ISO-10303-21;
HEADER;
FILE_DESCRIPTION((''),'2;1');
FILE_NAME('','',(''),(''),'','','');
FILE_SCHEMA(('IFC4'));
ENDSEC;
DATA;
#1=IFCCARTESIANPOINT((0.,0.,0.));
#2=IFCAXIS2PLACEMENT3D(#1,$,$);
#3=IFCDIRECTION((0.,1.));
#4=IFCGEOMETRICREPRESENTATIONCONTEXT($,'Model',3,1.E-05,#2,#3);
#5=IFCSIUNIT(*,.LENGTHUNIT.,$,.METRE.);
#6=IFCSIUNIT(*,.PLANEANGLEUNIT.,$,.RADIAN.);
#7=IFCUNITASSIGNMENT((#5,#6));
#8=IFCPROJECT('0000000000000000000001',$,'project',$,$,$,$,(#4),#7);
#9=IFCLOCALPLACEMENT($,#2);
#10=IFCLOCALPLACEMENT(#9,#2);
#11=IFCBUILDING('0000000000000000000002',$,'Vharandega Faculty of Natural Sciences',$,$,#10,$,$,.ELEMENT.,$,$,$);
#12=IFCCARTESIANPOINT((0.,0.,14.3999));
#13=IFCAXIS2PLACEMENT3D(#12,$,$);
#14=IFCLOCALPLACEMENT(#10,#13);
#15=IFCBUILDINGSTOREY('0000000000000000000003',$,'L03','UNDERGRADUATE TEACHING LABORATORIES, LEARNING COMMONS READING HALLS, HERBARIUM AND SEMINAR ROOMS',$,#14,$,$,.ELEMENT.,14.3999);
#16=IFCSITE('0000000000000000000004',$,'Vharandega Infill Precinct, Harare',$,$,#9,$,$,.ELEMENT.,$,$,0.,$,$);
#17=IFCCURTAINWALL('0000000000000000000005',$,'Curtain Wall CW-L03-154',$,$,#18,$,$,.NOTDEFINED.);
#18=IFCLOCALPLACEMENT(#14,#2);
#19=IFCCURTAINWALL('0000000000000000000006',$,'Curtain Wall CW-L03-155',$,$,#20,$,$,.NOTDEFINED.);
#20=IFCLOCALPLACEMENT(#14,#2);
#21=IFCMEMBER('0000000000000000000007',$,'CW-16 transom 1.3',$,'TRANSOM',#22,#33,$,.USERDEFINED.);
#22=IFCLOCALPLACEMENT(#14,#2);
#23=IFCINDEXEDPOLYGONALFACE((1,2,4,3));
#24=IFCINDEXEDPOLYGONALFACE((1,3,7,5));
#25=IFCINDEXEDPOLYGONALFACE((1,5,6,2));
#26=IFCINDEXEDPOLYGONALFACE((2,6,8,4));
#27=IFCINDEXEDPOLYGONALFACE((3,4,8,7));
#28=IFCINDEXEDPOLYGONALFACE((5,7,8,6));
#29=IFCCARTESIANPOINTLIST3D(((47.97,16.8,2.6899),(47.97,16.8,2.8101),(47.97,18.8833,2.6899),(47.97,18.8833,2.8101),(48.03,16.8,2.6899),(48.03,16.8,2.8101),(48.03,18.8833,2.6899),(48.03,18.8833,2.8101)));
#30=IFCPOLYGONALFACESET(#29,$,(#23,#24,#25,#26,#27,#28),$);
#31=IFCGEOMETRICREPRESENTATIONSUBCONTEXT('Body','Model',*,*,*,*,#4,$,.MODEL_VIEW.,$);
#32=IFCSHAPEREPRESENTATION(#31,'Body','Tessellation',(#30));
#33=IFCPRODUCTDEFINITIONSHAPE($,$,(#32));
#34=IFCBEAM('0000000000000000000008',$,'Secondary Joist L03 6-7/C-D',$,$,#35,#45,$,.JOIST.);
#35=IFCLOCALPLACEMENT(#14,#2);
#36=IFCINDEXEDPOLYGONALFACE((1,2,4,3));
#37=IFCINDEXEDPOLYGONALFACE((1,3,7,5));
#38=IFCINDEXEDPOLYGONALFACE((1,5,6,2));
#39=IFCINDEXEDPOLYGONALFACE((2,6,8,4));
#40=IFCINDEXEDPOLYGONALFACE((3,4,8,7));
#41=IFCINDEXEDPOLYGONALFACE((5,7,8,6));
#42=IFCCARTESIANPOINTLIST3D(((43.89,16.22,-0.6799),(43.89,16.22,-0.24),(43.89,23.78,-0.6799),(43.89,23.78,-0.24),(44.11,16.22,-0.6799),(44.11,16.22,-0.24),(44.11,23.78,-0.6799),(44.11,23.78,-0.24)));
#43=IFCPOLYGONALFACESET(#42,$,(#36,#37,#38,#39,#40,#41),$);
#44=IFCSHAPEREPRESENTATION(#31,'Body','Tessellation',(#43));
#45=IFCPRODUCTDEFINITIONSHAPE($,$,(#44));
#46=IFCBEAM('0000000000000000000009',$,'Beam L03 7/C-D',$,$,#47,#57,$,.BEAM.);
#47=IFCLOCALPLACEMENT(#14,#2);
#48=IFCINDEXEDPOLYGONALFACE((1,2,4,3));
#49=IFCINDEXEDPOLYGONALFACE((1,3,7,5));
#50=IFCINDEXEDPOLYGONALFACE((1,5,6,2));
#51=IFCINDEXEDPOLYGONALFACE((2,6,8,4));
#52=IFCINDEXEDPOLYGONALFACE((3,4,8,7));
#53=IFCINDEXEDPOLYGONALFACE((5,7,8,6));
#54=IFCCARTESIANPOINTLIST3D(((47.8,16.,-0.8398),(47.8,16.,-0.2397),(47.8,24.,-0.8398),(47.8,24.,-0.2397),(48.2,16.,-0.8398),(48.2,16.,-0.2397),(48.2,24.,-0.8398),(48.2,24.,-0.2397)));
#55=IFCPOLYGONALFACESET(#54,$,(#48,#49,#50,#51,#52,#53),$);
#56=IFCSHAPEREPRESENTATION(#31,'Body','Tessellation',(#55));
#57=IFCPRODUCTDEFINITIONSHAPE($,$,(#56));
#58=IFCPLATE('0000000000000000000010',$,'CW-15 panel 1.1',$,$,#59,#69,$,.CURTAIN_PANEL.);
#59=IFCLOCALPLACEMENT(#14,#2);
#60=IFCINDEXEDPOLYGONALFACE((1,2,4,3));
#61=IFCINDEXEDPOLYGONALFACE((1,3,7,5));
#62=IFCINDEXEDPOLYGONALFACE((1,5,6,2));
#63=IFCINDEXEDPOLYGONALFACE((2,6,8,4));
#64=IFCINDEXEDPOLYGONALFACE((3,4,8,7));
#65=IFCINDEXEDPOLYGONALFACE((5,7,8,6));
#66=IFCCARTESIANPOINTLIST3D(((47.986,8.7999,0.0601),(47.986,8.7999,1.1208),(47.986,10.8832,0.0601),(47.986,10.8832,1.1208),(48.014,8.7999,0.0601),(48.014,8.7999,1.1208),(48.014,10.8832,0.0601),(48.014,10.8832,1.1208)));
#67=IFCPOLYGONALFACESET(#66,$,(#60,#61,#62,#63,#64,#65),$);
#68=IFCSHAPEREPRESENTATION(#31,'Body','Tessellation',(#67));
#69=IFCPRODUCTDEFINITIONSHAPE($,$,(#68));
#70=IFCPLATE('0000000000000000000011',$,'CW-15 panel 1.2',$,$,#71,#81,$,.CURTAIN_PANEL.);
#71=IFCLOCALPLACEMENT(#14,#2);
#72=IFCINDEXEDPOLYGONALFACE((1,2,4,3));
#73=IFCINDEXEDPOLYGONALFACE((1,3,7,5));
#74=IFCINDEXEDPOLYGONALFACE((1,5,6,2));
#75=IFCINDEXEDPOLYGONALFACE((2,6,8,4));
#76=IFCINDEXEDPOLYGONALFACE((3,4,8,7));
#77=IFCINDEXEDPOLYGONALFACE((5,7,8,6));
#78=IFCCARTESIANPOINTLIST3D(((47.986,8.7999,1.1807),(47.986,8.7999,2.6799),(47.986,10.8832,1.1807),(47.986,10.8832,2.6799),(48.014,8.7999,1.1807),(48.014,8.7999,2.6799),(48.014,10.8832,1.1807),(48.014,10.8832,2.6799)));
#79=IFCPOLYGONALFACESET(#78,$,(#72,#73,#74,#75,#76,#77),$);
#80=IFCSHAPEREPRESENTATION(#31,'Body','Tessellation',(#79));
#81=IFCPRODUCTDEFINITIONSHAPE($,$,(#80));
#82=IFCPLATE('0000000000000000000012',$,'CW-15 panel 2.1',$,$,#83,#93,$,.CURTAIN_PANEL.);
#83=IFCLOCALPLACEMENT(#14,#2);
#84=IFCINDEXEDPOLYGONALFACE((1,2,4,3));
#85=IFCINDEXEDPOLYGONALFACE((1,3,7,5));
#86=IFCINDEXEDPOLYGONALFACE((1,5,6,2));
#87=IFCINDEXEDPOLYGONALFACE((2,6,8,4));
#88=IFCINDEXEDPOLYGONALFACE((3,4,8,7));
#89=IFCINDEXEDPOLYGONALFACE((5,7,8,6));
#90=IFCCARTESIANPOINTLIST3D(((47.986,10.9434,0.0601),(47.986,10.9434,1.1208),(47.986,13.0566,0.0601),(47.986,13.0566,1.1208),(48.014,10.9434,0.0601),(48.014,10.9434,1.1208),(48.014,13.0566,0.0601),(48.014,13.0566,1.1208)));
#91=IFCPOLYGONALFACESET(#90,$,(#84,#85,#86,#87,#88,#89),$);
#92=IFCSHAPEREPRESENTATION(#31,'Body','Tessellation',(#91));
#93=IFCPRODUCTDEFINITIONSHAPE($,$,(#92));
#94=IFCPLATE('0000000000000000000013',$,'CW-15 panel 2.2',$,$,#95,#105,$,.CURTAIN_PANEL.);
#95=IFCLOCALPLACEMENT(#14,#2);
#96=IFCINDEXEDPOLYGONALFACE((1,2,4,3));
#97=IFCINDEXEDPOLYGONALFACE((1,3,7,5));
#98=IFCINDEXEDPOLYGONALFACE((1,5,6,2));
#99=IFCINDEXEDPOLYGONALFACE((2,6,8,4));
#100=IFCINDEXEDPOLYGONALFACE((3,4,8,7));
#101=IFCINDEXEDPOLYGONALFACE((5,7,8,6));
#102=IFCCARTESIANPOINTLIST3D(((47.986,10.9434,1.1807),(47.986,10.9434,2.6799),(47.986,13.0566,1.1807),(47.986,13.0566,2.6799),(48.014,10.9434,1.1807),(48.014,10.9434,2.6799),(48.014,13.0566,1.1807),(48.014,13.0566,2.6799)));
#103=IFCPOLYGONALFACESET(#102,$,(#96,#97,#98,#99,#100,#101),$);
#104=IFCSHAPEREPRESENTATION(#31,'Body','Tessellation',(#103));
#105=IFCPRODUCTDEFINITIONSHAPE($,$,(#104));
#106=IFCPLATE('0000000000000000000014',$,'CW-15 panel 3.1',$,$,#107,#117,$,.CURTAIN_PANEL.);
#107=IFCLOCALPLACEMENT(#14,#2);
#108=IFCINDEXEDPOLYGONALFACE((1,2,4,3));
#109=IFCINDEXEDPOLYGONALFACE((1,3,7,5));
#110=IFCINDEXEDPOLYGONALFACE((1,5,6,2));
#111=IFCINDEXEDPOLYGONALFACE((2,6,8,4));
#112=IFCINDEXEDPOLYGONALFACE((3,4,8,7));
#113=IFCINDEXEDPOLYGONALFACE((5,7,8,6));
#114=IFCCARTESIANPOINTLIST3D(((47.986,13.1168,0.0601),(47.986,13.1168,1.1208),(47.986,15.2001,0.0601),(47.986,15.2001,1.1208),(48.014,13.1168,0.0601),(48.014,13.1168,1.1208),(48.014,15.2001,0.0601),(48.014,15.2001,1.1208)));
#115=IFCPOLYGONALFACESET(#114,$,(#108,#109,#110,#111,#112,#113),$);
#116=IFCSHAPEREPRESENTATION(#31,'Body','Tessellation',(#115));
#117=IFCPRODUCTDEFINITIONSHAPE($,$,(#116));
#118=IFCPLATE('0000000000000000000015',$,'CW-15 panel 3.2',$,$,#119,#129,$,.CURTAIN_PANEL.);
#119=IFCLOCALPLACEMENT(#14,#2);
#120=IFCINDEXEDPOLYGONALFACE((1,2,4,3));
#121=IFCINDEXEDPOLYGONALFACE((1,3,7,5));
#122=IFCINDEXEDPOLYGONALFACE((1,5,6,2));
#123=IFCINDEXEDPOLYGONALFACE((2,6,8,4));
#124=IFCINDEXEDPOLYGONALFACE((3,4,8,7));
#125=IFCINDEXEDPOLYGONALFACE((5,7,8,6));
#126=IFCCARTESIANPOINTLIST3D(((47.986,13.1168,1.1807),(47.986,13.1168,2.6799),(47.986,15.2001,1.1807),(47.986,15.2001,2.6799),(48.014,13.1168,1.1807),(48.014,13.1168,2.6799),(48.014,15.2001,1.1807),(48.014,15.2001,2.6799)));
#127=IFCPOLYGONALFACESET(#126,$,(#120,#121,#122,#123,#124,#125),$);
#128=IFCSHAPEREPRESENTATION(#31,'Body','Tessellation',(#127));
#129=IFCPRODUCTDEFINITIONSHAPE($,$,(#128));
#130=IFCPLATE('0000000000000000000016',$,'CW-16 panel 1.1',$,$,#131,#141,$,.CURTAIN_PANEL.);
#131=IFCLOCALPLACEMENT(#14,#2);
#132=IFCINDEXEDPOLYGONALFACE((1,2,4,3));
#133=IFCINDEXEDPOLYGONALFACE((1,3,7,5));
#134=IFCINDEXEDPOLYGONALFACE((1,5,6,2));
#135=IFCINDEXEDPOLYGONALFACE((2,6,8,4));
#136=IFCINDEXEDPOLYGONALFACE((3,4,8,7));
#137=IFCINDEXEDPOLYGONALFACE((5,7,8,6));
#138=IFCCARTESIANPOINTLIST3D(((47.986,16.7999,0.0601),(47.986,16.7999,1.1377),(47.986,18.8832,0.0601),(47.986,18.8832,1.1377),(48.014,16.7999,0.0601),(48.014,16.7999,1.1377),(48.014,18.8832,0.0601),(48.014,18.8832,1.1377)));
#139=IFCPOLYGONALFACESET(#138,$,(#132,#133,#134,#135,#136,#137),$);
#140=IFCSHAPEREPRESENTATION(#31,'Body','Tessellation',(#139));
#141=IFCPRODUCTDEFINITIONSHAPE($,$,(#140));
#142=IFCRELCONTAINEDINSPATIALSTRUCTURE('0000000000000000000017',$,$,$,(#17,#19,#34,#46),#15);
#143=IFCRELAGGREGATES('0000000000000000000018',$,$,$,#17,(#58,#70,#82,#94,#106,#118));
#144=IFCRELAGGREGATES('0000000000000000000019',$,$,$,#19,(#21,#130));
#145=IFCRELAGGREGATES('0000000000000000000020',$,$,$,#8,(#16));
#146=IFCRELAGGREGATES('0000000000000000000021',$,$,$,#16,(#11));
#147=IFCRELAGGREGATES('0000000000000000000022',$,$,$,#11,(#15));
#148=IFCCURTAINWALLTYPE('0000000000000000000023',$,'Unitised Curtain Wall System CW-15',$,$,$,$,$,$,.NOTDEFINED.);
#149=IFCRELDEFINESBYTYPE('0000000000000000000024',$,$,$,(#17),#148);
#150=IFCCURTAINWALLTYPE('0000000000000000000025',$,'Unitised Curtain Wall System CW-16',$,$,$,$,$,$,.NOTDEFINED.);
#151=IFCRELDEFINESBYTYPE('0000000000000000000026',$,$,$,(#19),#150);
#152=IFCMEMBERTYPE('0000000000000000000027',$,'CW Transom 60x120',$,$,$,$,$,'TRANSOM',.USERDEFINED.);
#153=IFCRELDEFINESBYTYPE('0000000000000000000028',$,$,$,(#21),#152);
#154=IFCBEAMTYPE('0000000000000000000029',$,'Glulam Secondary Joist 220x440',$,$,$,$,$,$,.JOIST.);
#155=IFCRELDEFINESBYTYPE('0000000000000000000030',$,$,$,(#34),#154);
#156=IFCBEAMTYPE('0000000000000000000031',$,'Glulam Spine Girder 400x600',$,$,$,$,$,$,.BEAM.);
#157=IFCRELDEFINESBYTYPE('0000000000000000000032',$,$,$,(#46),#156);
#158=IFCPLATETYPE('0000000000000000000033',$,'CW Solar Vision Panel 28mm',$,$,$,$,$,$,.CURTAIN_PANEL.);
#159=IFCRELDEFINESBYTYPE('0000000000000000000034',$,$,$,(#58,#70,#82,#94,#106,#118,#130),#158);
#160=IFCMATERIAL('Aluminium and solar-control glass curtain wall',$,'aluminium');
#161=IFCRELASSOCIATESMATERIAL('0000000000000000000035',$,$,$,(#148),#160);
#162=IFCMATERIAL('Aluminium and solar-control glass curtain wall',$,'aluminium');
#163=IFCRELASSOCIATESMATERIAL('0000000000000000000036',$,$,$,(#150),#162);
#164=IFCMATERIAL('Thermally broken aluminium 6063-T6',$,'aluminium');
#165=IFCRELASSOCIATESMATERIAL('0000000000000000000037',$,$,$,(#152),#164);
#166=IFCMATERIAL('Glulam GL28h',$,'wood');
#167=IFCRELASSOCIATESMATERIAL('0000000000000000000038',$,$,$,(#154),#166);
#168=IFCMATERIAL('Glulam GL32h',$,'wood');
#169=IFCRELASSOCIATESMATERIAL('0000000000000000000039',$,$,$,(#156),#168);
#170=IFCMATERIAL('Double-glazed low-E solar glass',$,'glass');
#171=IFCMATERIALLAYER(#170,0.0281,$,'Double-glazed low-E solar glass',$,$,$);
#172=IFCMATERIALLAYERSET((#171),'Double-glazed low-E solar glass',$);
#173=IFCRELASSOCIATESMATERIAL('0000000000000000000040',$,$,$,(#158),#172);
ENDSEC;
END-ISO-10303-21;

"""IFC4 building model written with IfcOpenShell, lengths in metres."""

from ifc_helpers import new_model, si_unit, direction, frame, origin, origin_2d, place, context, subcontext, project, spatial, rectangle, extrude, material, layer, layer_set, material_profile, profile_set, type_object, element, aggregate, save


model = new_model("IFC4")

# Units and contexts
model_context = context("Model", 3, precision=1e-05, world=origin(), true_north=direction((0.0, 1.0)))
body_context = subcontext(model_context, "Body", "Model", "MODEL_VIEW")
ifc_project = project(units=[si_unit("LENGTHUNIT", "METRE"), si_unit("PLANEANGLEUNIT", "RADIAN")], contexts=[model_context])

# Site, building, storey
site_placement = place(None, origin())
site = spatial("IfcSite", under=ifc_project, at=site_placement, Name="Vharandega Infill Precinct, Harare", CompositionType="ELEMENT", RefElevation=0.0)
building_placement = place(site_placement, origin())
building = spatial("IfcBuilding", under=site, at=building_placement, Name="Vharandega Faculty of Natural Sciences", CompositionType="ELEMENT")
storey_placement = place(building_placement, frame((0.0, 0.0, 14.3999)))
storey = spatial("IfcBuildingStorey", under=building, at=storey_placement, Name="L03", Description="UNDERGRADUATE TEACHING LABORATORIES, LEARNING COMMONS READING HALLS, HERBARIUM AND SEMINAR ROOMS", CompositionType="ELEMENT", Elevation=14.3999)

# Curtain wall
ifc_material_1 = material(Name="Aluminium and solar-control glass curtain wall", Category="aluminium")
curtain_wall_type_1 = type_object("IfcCurtainWallType", Name="Unitised Curtain Wall System CW-15", PredefinedType="NOTDEFINED", material=ifc_material_1)
curtain_wall_1_placement = place(storey_placement, origin())
curtain_wall_1 = element("IfcCurtainWall", 1, at=curtain_wall_1_placement, inside=storey, type_object=curtain_wall_type_1, Name="Curtain Wall CW-L03-154", PredefinedType="NOTDEFINED")

# Curtain wall
ifc_material_2 = material(Name="Aluminium and solar-control glass curtain wall", Category="aluminium")
curtain_wall_type_2 = type_object("IfcCurtainWallType", Name="Unitised Curtain Wall System CW-16", PredefinedType="NOTDEFINED", material=ifc_material_2)
curtain_wall_2_placement = place(storey_placement, origin())
curtain_wall_2 = element("IfcCurtainWall", 2, at=curtain_wall_2_placement, inside=storey, type_object=curtain_wall_type_2, Name="Curtain Wall CW-L03-155", PredefinedType="NOTDEFINED")

# Member
ifc_material_3 = material(Name="Thermally broken aluminium 6063-T6", Category="aluminium")
ifc_material_profile_1 = material_profile(ifc_material_3, rectangle(XDim=0.0601, YDim=0.1201, at=origin_2d()), Name="ALU 60x120")
ifc_profile_set_1 = profile_set([ifc_material_profile_1], Name="Thermally broken aluminium 6063-T6")
member_type_1 = type_object("IfcMemberType", Name="CW Transom 60x120", ElementType="TRANSOM", PredefinedType="USERDEFINED", material=ifc_profile_set_1)
member_1_placement = place(storey_placement, frame((48.0, 16.8, 2.75), z_axis=(0.0, 1.0, 0.0), x_axis=(-1.0, 0.0, 0.0)))
member_1 = element("IfcMember", 3, at=member_1_placement, type_object=member_type_1, Name="CW-16 transom 1.3", ObjectType="TRANSOM", PredefinedType="USERDEFINED", context=body_context, shape_type="SweptSolid", body=[
    extrude(rectangle(XDim=0.0601, YDim=0.1201, at=origin_2d()), origin(), (0.0, 0.0, 1.0), 2.0833),
])

# Beams
ifc_material_4 = material(Name="Glulam GL28h", Category="wood")
ifc_material_profile_2 = material_profile(ifc_material_4, rectangle(XDim=0.22, YDim=0.4399, at=origin_2d()), Name="GL28h 220x440")
ifc_profile_set_2 = profile_set([ifc_material_profile_2], Name="Glulam GL28h")
beam_type_1 = type_object("IfcBeamType", Name="Glulam Secondary Joist 220x440", PredefinedType="JOIST", material=ifc_profile_set_2)
beam_1_placement = place(storey_placement, frame((44.0, 16.22, -0.46), z_axis=(0.0, 1.0, 0.0), x_axis=(-1.0, 0.0, 0.0)))
element("IfcBeam", 4, at=beam_1_placement, inside=storey, type_object=beam_type_1, Name="Secondary Joist L03 6-7/C-D", PredefinedType="JOIST", context=body_context, shape_type="SweptSolid", body=[
    extrude(rectangle(XDim=0.22, YDim=0.4399, at=origin_2d()), origin(), (0.0, 0.0, 1.0), 7.5601),
])
ifc_material_5 = material(Name="Glulam GL32h", Category="wood")
ifc_material_profile_3 = material_profile(ifc_material_5, rectangle(XDim=0.3999, YDim=0.6001, at=origin_2d()), Name="GL32h 400x600")
ifc_profile_set_3 = profile_set([ifc_material_profile_3], Name="Glulam GL32h")
beam_type_2 = type_object("IfcBeamType", Name="Glulam Spine Girder 400x600", PredefinedType="BEAM", material=ifc_profile_set_3)
beam_2_placement = place(storey_placement, frame((48.0, 16.0, -0.5398), z_axis=(0.0, 1.0, 0.0), x_axis=(-1.0, 0.0, 0.0)))
element("IfcBeam", 5, at=beam_2_placement, inside=storey, type_object=beam_type_2, Name="Beam L03 7/C-D", PredefinedType="BEAM", context=body_context, shape_type="SweptSolid", body=[
    extrude(rectangle(XDim=0.3999, YDim=0.6001, at=origin_2d()), origin(), (0.0, 0.0, 1.0), 8.0),
])

# Plates
ifc_material_6 = material(Name="Double-glazed low-E solar glass", Category="glass")
ifc_layer = layer(ifc_material_6, 0.0281, Name="Double-glazed low-E solar glass")
ifc_layer_set = layer_set([ifc_layer], Name="Double-glazed low-E solar glass")
plate_type = type_object("IfcPlateType", Name="CW Solar Vision Panel 28mm", PredefinedType="CURTAIN_PANEL", material=ifc_layer_set)
plate_1_placement = place(storey_placement, frame((48.0, 9.8416, 0.0601), z_axis=(0.0, 0.0, 1.0), x_axis=(0.0, 1.0, 0.0)))
plate_1 = element("IfcPlate", 6, at=plate_1_placement, type_object=plate_type, Name="CW-15 panel 1.1", PredefinedType="CURTAIN_PANEL", context=body_context, shape_type="SweptSolid", body=[
    extrude(rectangle(XDim=2.0833, YDim=0.0281, at=origin_2d()), origin(), (0.0, 0.0, 1.0), 1.0608),
])
plate_2_placement = place(storey_placement, frame((48.0, 9.8416, 1.1807), z_axis=(0.0, 0.0, 1.0), x_axis=(0.0, 1.0, 0.0)))
plate_2 = element("IfcPlate", 7, at=plate_2_placement, type_object=plate_type, Name="CW-15 panel 1.2", PredefinedType="CURTAIN_PANEL", context=body_context, shape_type="SweptSolid", body=[
    extrude(rectangle(XDim=2.0833, YDim=0.0281, at=origin_2d()), origin(), (0.0, 0.0, 1.0), 1.4993),
])
plate_3_placement = place(storey_placement, frame((48.0, 12.0, 0.0601), z_axis=(0.0, 0.0, 1.0), x_axis=(0.0, 1.0, 0.0)))
plate_3 = element("IfcPlate", 8, at=plate_3_placement, type_object=plate_type, Name="CW-15 panel 2.1", PredefinedType="CURTAIN_PANEL", context=body_context, shape_type="SweptSolid", body=[
    extrude(rectangle(XDim=2.1133, YDim=0.0281, at=origin_2d()), origin(), (0.0, 0.0, 1.0), 1.0608),
])
plate_4_placement = place(storey_placement, frame((48.0, 12.0, 1.1807), z_axis=(0.0, 0.0, 1.0), x_axis=(0.0, 1.0, 0.0)))
plate_4 = element("IfcPlate", 9, at=plate_4_placement, type_object=plate_type, Name="CW-15 panel 2.2", PredefinedType="CURTAIN_PANEL", context=body_context, shape_type="SweptSolid", body=[
    extrude(rectangle(XDim=2.1133, YDim=0.0281, at=origin_2d()), origin(), (0.0, 0.0, 1.0), 1.4993),
])
plate_5_placement = place(storey_placement, frame((48.0, 14.1584, 0.0601), z_axis=(0.0, 0.0, 1.0), x_axis=(0.0, 1.0, 0.0)))
plate_5 = element("IfcPlate", 10, at=plate_5_placement, type_object=plate_type, Name="CW-15 panel 3.1", PredefinedType="CURTAIN_PANEL", context=body_context, shape_type="SweptSolid", body=[
    extrude(rectangle(XDim=2.0833, YDim=0.0281, at=origin_2d()), origin(), (0.0, 0.0, 1.0), 1.0608),
])
plate_6_placement = place(storey_placement, frame((48.0, 14.1584, 1.1807), z_axis=(0.0, 0.0, 1.0), x_axis=(0.0, 1.0, 0.0)))
plate_6 = element("IfcPlate", 11, at=plate_6_placement, type_object=plate_type, Name="CW-15 panel 3.2", PredefinedType="CURTAIN_PANEL", context=body_context, shape_type="SweptSolid", body=[
    extrude(rectangle(XDim=2.0833, YDim=0.0281, at=origin_2d()), origin(), (0.0, 0.0, 1.0), 1.4993),
])
aggregate(curtain_wall_1, [plate_1, plate_2, plate_3, plate_4, plate_5, plate_6])
plate_7_placement = place(storey_placement, frame((48.0, 17.8416, 0.0601), z_axis=(0.0, 0.0, 1.0), x_axis=(0.0, 1.0, 0.0)))
plate_7 = element("IfcPlate", 12, at=plate_7_placement, type_object=plate_type, Name="CW-16 panel 1.1", PredefinedType="CURTAIN_PANEL", context=body_context, shape_type="SweptSolid", body=[
    extrude(rectangle(XDim=2.0833, YDim=0.0281, at=origin_2d()), origin(), (0.0, 0.0, 1.0), 1.0776),
])
aggregate(curtain_wall_2, [member_1, plate_7])

save(model, "model.ifc")
